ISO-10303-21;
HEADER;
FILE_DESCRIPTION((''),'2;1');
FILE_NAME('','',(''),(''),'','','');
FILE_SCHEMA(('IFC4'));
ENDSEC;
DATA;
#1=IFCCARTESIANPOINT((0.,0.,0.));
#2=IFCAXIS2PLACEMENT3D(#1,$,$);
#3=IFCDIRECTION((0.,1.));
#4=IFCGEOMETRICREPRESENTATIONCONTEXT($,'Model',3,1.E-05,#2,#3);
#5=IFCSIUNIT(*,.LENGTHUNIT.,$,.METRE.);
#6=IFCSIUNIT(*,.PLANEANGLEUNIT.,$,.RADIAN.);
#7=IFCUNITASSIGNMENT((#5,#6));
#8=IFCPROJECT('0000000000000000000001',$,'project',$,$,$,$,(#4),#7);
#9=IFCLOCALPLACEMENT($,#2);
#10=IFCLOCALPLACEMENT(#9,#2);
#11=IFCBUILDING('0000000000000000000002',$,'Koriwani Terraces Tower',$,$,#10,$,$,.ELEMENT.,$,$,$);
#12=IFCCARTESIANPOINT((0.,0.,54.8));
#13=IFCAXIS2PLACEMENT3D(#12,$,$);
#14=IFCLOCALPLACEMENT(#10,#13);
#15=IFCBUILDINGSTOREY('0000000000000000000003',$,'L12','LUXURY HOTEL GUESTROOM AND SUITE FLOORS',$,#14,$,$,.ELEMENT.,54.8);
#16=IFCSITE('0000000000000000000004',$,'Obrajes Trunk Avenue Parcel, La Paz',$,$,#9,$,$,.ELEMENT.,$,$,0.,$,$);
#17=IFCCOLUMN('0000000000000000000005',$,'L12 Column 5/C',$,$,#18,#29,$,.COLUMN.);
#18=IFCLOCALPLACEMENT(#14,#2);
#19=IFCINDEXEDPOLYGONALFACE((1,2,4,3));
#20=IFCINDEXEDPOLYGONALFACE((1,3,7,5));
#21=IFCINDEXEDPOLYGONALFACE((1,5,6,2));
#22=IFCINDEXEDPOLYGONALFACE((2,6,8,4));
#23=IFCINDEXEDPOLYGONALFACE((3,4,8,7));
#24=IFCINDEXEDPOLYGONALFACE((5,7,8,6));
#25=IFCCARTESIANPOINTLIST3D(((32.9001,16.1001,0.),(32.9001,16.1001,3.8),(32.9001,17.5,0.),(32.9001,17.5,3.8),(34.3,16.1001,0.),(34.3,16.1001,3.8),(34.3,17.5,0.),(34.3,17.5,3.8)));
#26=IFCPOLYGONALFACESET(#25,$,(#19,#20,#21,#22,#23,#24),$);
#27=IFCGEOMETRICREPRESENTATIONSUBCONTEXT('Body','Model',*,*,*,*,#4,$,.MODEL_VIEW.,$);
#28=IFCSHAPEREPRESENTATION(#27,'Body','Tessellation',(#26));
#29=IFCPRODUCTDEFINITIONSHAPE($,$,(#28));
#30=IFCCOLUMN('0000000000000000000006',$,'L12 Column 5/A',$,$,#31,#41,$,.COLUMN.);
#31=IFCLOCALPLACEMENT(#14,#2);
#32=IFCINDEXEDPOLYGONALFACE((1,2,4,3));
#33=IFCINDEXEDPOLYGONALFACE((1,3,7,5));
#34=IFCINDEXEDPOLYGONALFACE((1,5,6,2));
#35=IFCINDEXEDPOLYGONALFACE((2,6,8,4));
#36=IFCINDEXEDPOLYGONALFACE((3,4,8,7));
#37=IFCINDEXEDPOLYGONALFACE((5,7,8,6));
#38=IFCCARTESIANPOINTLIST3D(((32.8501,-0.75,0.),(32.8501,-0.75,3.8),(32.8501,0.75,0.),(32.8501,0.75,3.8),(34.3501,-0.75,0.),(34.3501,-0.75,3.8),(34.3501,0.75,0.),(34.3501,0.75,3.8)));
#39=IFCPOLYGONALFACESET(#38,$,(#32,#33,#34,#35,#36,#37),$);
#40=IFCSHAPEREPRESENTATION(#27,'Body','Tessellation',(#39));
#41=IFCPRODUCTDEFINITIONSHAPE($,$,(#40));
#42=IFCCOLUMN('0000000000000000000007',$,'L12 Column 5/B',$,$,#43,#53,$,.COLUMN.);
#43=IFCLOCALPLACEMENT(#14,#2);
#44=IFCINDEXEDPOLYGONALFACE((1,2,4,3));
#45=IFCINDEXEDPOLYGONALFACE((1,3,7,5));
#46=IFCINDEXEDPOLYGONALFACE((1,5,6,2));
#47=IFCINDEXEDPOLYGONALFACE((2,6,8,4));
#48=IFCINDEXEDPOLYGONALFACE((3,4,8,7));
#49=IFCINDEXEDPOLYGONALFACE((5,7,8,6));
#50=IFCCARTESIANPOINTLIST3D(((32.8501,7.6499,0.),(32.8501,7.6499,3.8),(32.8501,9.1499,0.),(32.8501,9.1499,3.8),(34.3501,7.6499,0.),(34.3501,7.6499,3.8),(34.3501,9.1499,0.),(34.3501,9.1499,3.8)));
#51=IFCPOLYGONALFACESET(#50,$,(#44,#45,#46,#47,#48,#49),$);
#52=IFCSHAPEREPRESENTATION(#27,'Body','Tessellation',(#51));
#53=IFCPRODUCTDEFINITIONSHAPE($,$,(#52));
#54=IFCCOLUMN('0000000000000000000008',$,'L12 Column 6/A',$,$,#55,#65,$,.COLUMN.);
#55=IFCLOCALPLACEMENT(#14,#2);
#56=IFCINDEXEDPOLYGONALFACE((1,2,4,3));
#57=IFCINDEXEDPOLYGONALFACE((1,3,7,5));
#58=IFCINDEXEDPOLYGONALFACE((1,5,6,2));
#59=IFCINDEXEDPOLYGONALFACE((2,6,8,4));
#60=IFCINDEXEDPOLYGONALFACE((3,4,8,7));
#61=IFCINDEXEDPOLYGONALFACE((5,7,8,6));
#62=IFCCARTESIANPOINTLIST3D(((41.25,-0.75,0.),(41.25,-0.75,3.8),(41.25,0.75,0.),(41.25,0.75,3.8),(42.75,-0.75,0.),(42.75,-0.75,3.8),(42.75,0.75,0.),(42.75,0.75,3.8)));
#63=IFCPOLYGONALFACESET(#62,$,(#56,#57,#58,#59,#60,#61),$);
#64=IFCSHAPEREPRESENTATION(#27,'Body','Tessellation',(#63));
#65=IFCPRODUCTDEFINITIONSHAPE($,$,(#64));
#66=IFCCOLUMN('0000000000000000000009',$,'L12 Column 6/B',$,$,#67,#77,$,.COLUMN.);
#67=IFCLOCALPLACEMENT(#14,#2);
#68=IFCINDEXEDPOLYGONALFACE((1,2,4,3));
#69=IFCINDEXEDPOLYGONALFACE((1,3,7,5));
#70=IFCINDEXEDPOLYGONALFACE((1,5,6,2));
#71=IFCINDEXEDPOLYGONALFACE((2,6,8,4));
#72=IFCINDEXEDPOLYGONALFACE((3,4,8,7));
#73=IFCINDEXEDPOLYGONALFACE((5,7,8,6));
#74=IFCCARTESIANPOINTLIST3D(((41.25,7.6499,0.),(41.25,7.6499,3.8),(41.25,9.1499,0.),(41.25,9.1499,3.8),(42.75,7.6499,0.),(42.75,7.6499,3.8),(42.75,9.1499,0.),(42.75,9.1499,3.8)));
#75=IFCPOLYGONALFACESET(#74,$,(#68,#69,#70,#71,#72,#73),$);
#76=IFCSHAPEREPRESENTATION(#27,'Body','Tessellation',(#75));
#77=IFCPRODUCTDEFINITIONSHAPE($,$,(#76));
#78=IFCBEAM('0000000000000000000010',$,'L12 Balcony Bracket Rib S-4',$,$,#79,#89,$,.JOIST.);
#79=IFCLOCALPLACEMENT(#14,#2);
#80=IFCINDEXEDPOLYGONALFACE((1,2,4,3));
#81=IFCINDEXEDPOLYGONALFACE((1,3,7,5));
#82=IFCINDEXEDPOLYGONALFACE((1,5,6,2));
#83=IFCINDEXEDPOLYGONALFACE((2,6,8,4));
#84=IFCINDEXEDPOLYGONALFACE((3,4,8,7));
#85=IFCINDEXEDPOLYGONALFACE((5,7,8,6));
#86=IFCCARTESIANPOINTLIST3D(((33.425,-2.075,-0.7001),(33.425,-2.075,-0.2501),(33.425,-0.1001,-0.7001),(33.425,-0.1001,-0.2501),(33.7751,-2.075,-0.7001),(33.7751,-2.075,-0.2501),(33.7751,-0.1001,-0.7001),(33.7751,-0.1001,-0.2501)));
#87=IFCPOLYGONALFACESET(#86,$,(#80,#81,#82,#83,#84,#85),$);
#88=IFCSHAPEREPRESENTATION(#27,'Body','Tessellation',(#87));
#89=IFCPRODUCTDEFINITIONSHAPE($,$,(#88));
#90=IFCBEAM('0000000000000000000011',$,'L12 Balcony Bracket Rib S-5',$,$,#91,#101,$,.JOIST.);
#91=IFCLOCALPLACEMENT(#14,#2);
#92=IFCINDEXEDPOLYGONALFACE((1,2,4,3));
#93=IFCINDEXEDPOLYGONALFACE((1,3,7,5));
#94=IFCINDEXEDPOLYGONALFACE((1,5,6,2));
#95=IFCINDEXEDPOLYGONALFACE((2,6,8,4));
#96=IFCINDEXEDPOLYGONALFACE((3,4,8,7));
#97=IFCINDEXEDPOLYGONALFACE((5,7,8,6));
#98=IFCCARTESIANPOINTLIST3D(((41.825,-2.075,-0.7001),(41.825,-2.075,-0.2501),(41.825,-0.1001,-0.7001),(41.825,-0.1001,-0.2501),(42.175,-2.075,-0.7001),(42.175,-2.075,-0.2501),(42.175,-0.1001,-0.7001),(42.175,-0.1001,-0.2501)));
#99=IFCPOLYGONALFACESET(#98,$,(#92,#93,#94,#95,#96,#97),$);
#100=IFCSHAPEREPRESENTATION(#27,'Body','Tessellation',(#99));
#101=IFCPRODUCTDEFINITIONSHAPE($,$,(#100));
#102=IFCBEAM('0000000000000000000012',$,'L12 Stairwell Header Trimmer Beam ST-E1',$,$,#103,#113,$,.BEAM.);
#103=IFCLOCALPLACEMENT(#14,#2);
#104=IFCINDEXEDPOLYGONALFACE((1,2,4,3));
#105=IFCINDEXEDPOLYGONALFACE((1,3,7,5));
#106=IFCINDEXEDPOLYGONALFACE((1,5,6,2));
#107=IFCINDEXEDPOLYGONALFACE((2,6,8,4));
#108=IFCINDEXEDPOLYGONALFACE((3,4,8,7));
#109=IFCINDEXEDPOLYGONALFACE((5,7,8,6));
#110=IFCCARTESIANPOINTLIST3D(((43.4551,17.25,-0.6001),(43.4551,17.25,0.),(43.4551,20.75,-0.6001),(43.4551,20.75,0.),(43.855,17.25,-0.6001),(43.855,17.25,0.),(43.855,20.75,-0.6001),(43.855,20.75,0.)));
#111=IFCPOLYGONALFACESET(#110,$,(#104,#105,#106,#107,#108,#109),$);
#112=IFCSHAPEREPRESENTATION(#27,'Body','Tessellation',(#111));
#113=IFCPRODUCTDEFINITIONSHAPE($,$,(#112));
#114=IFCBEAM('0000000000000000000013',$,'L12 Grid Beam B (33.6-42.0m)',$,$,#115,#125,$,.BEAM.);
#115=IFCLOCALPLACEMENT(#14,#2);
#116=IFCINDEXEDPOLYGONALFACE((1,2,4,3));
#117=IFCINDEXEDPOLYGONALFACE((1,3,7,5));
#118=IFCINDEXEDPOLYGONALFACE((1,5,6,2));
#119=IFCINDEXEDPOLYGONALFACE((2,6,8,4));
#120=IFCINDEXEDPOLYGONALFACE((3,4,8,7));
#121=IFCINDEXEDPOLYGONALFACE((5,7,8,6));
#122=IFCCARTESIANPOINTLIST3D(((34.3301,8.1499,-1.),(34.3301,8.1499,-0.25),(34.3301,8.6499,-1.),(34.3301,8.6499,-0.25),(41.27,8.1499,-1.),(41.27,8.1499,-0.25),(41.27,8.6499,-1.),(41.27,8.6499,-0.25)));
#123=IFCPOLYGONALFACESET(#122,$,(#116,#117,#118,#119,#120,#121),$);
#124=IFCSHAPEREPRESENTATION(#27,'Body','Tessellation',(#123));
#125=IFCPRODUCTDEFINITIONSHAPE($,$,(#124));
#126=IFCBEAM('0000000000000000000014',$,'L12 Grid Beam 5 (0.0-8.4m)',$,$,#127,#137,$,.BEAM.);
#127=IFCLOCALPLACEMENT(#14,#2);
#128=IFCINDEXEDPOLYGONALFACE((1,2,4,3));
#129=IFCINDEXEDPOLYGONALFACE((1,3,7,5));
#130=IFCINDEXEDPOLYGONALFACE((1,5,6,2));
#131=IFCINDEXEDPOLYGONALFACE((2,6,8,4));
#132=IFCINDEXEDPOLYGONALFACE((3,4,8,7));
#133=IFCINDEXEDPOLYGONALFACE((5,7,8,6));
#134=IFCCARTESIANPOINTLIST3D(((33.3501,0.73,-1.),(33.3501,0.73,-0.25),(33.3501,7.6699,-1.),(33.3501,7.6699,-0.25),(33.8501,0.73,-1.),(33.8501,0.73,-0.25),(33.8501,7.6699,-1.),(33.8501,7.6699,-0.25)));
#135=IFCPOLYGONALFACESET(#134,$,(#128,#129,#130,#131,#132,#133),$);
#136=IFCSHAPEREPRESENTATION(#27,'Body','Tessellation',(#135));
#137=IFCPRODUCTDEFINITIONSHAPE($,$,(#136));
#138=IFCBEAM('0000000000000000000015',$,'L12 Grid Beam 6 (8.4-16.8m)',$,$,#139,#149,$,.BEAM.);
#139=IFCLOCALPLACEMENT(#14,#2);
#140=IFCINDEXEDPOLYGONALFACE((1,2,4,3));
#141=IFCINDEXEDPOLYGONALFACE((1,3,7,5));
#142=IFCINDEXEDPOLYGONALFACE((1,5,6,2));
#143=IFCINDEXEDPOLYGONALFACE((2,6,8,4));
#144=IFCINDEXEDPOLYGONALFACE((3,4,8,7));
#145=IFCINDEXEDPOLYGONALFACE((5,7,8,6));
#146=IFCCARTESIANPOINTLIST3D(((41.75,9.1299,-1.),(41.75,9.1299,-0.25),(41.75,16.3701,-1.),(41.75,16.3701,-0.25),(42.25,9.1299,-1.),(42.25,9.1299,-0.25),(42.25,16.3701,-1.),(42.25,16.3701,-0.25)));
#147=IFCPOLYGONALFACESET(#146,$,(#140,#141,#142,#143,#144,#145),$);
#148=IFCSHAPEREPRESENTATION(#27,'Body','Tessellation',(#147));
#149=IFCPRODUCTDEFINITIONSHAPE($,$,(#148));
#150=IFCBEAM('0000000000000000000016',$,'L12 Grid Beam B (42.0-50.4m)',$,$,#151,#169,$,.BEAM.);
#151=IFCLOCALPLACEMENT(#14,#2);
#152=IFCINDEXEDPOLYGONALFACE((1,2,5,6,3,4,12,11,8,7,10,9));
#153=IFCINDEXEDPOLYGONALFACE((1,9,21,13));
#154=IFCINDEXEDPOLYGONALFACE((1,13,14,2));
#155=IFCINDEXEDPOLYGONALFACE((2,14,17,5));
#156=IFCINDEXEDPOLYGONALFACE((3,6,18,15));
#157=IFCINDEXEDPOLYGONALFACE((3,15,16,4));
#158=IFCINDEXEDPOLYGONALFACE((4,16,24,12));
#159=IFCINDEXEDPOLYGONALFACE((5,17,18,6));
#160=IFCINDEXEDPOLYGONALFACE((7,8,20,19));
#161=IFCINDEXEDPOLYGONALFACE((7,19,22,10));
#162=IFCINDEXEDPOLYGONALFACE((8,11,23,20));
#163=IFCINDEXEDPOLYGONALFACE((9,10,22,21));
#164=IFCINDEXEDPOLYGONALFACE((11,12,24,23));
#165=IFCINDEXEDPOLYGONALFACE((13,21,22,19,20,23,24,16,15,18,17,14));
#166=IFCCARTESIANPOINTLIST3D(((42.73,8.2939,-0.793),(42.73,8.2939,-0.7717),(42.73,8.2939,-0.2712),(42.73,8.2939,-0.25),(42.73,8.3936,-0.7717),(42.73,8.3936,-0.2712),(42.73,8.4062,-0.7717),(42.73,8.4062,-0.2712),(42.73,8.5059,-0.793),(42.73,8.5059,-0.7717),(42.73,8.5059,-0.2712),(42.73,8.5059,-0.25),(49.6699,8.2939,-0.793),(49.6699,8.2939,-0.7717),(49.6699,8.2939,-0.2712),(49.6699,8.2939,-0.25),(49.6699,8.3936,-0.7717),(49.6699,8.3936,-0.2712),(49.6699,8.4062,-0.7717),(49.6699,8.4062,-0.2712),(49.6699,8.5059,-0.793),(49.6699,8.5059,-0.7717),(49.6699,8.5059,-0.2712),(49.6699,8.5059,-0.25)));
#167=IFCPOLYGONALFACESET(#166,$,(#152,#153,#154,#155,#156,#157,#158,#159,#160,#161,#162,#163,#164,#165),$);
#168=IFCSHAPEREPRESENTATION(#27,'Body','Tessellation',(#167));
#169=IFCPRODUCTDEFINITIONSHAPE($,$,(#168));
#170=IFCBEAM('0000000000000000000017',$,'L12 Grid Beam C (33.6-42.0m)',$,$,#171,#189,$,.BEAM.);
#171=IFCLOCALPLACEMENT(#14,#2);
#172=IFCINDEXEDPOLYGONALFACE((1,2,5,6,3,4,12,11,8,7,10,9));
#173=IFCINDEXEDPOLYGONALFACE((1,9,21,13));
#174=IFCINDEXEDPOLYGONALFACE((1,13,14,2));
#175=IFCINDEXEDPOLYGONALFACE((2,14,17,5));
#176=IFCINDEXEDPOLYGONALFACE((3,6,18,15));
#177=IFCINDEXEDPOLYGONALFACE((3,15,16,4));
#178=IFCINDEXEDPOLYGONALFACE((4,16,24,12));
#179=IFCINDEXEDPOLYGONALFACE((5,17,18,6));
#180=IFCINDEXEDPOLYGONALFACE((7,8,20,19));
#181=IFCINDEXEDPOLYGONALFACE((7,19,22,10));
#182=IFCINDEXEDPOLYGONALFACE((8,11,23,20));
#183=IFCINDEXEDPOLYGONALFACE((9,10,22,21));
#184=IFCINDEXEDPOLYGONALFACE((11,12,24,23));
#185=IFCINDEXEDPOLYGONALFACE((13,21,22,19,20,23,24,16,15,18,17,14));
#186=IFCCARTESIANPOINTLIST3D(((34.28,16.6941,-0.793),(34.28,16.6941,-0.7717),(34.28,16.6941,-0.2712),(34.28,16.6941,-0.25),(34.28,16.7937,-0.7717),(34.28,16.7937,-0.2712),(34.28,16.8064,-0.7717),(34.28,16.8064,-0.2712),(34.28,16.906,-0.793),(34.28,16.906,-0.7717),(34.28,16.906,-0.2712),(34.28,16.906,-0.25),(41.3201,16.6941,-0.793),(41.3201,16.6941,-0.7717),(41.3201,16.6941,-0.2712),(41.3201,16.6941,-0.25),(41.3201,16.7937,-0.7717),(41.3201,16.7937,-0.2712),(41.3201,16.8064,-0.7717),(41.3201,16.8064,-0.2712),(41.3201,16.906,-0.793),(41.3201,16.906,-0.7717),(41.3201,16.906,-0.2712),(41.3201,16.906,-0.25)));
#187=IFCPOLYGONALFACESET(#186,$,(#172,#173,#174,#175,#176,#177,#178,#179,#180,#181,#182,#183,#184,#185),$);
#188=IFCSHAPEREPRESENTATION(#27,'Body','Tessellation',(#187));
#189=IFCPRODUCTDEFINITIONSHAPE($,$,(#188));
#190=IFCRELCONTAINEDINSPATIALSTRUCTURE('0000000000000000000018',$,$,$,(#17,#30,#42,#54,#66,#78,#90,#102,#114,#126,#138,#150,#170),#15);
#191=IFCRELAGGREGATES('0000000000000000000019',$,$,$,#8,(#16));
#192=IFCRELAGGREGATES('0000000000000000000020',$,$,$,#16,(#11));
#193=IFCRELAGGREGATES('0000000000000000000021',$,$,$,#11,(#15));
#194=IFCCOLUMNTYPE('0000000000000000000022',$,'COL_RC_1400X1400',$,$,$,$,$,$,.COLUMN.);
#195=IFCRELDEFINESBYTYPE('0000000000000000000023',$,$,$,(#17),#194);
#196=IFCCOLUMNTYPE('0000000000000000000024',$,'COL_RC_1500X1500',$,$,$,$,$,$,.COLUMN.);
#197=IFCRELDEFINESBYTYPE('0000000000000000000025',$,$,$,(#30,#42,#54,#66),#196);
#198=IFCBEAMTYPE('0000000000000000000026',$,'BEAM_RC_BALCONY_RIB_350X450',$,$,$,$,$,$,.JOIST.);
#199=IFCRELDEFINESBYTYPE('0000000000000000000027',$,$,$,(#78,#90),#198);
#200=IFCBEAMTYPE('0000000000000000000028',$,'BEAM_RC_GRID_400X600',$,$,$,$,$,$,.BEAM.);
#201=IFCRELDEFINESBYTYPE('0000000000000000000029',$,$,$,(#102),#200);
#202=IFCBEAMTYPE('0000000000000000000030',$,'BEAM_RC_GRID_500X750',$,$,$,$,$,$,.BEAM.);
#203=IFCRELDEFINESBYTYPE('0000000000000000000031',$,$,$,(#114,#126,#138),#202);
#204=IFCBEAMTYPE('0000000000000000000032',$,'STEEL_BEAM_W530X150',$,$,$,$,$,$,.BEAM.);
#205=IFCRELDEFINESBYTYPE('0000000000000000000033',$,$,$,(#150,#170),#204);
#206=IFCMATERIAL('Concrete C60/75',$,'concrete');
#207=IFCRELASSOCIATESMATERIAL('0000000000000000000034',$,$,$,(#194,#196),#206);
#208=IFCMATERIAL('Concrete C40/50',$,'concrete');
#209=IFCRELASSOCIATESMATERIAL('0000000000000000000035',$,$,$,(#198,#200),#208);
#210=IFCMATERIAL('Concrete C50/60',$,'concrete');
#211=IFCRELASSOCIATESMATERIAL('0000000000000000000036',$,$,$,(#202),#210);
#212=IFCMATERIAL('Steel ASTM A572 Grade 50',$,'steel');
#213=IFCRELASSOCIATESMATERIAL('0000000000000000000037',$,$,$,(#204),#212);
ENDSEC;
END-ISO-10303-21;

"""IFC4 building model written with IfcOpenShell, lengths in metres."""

from ifc_helpers import new_model, si_unit, direction, frame, origin, origin_2d, place, context, subcontext, project, spatial, rectangle, i_section, extrude, material, material_profile, profile_set, type_object, element, save


model = new_model("IFC4")

# Units and contexts
model_context = context("Model", 3, precision=1e-05, world=origin(), true_north=direction((0.0, 1.0)))
body_context = subcontext(model_context, "Body", "Model", "MODEL_VIEW")
ifc_project = project(units=[si_unit("LENGTHUNIT", "METRE"), si_unit("PLANEANGLEUNIT", "RADIAN")], contexts=[model_context])

# Site, building, storey
site_placement = place(None, origin())
site = spatial("IfcSite", under=ifc_project, at=site_placement, Name="Obrajes Trunk Avenue Parcel, La Paz", CompositionType="ELEMENT", RefElevation=0.0)
building_placement = place(site_placement, origin())
building = spatial("IfcBuilding", under=site, at=building_placement, Name="Koriwani Terraces Tower", CompositionType="ELEMENT")
storey_placement = place(building_placement, frame((0.0, 0.0, 54.8)))
storey = spatial("IfcBuildingStorey", under=building, at=storey_placement, Name="L12", Description="LUXURY HOTEL GUESTROOM AND SUITE FLOORS", CompositionType="ELEMENT", Elevation=54.8)

# Columns
ifc_material_1 = material(Name="Concrete C60/75", Category="concrete")
ifc_material_profile_1 = material_profile(ifc_material_1, rectangle(XDim=1.3999, YDim=1.3999, at=origin_2d()), Name="Concrete C60/75", Category="LoadBearing")
ifc_profile_set_1 = profile_set([ifc_material_profile_1], Name="Concrete C60/75")
column_type_1 = type_object("IfcColumnType", Name="COL_RC_1400X1400", PredefinedType="COLUMN", material=ifc_profile_set_1)
column_placement = place(storey_placement, frame((33.6001, 16.8, 0.0), z_axis=(0.0, 0.0, 1.0), x_axis=(1.0, 0.0, 0.0)))
element("IfcColumn", 1, at=column_placement, inside=storey, type_object=column_type_1, Name="L12 Column 5/C", PredefinedType="COLUMN", context=body_context, shape_type="SweptSolid", body=[
    extrude(rectangle(XDim=1.3999, YDim=1.3999, at=origin_2d()), origin(), (0.0, 0.0, 1.0), 3.8),
])
ifc_material_profile_2 = material_profile(ifc_material_1, rectangle(XDim=1.5, YDim=1.5, at=origin_2d()), Name="Concrete C60/75", Category="LoadBearing")
ifc_profile_set_2 = profile_set([ifc_material_profile_2], Name="Concrete C60/75")
column_type_2 = type_object("IfcColumnType", Name="COL_RC_1500X1500", PredefinedType="COLUMN", material=ifc_profile_set_2)
for number, where, z_axis, x_axis, name in (
    (2, (33.6001, 0.0, 0.0), (0.0, 0.0, 1.0), (1.0, 0.0, 0.0), "L12 Column 5/A"),
    (3, (33.6001, 8.3999, 0.0), (0.0, 0.0, 1.0), (1.0, 0.0, 0.0), "L12 Column 5/B"),
    (4, (42.0, 0.0, 0.0), (0.0, 0.0, 1.0), (1.0, 0.0, 0.0), "L12 Column 6/A"),
    (5, (42.0, 8.3999, 0.0), (0.0, 0.0, 1.0), (1.0, 0.0, 0.0), "L12 Column 6/B"),
):
    element("IfcColumn", number, at=place(storey_placement, frame(where, z_axis=z_axis, x_axis=x_axis)), inside=storey, type_object=column_type_2, Name=name, PredefinedType="COLUMN", context=body_context, shape_type="SweptSolid", body=[
        extrude(rectangle(XDim=1.5, YDim=1.5, at=origin_2d()), origin(), (0.0, 0.0, 1.0), 3.8),
    ])

# Beams
ifc_material_2 = material(Name="Concrete C40/50", Category="concrete")
ifc_material_profile_3 = material_profile(ifc_material_2, rectangle(XDim=0.3501, YDim=0.45, at=origin_2d()), Name="Concrete C40/50", Category="LoadBearing")
ifc_profile_set_3 = profile_set([ifc_material_profile_3], Name="Concrete C40/50")
beam_type_1 = type_object("IfcBeamType", Name="BEAM_RC_BALCONY_RIB_350X450", PredefinedType="JOIST", material=ifc_profile_set_3)
for number, where, z_axis, x_axis, name in (
    (6, (33.6001, -2.075, -0.4751), (0.0, 1.0, 0.0), (-1.0, 0.0, 0.0), "L12 Balcony Bracket Rib S-4"),
    (7, (42.0, -2.075, -0.4751), (0.0, 1.0, 0.0), (-1.0, 0.0, 0.0), "L12 Balcony Bracket Rib S-5"),
):
    element("IfcBeam", number, at=place(storey_placement, frame(where, z_axis=z_axis, x_axis=x_axis)), inside=storey, type_object=beam_type_1, Name=name, PredefinedType="JOIST", context=body_context, shape_type="SweptSolid", body=[
        extrude(rectangle(XDim=0.3501, YDim=0.45, at=origin_2d()), origin(), (0.0, 0.0, 1.0), 1.9749),
    ])
ifc_material_profile_4 = material_profile(ifc_material_2, rectangle(XDim=0.3999, YDim=0.6001, at=origin_2d()), Name="Concrete C40/50", Category="LoadBearing")
ifc_profile_set_4 = profile_set([ifc_material_profile_4], Name="Concrete C40/50")
beam_type_2 = type_object("IfcBeamType", Name="BEAM_RC_GRID_400X600", PredefinedType="BEAM", material=ifc_profile_set_4)
beam_1_placement = place(storey_placement, frame((43.655, 17.25, -0.3), z_axis=(0.0, 1.0, 0.0), x_axis=(-1.0, 0.0, 0.0)))
element("IfcBeam", 8, at=beam_1_placement, inside=storey, type_object=beam_type_2, Name="L12 Stairwell Header Trimmer Beam ST-E1", PredefinedType="BEAM", context=body_context, shape_type="SweptSolid", body=[
    extrude(rectangle(XDim=0.3999, YDim=0.6001, at=origin_2d()), origin(), (0.0, 0.0, 1.0), 3.5),
])
ifc_material_3 = material(Name="Concrete C50/60", Category="concrete")
ifc_material_profile_5 = material_profile(ifc_material_3, rectangle(XDim=0.5, YDim=0.75, at=origin_2d()), Name="Concrete C50/60", Category="LoadBearing")
ifc_profile_set_5 = profile_set([ifc_material_profile_5], Name="Concrete C50/60")
beam_type_3 = type_object("IfcBeamType", Name="BEAM_RC_GRID_500X750", PredefinedType="BEAM", material=ifc_profile_set_5)
for number, where, z_axis, x_axis, name in (
    (9, (34.3301, 8.3999, -0.625), (1.0, 0.0, 0.0), (0.0, 1.0, 0.0), "L12 Grid Beam B (33.6-42.0m)"),
    (10, (33.6001, 0.73, -0.625), (0.0, 1.0, 0.0), (-1.0, 0.0, 0.0), "L12 Grid Beam 5 (0.0-8.4m)"),
):
    element("IfcBeam", number, at=place(storey_placement, frame(where, z_axis=z_axis, x_axis=x_axis)), inside=storey, type_object=beam_type_3, Name=name, PredefinedType="BEAM", context=body_context, shape_type="SweptSolid", body=[
        extrude(rectangle(XDim=0.5, YDim=0.75, at=origin_2d()), origin(), (0.0, 0.0, 1.0), 6.9399),
    ])
beam_2_placement = place(storey_placement, frame((42.0, 9.1299, -0.625), z_axis=(0.0, 1.0, 0.0), x_axis=(-1.0, 0.0, 0.0)))
element("IfcBeam", 11, at=beam_2_placement, inside=storey, type_object=beam_type_3, Name="L12 Grid Beam 6 (8.4-16.8m)", PredefinedType="BEAM", context=body_context, shape_type="SweptSolid", body=[
    extrude(rectangle(XDim=0.5, YDim=0.75, at=origin_2d()), origin(), (0.0, 0.0, 1.0), 7.2402),
])
ifc_material_4 = material(Name="Steel ASTM A572 Grade 50", Category="steel")
ifc_material_profile_6 = material_profile(ifc_material_4, i_section(OverallWidth=0.2119, OverallDepth=0.543, WebThickness=0.0127, FlangeThickness=0.0212, at=origin_2d()), Name="Steel ASTM A572 Grade 50", Category="LoadBearing")
ifc_profile_set_6 = profile_set([ifc_material_profile_6], Name="Steel ASTM A572 Grade 50")
beam_type_4 = type_object("IfcBeamType", Name="STEEL_BEAM_W530X150", PredefinedType="BEAM", material=ifc_profile_set_6)
beam_3_placement = place(storey_placement, frame((42.73, 8.3999, -0.5215), z_axis=(1.0, 0.0, 0.0), x_axis=(0.0, 1.0, 0.0)))
element("IfcBeam", 12, at=beam_3_placement, inside=storey, type_object=beam_type_4, Name="L12 Grid Beam B (42.0-50.4m)", PredefinedType="BEAM", context=body_context, shape_type="SweptSolid", body=[
    extrude(i_section(OverallWidth=0.2119, OverallDepth=0.543, WebThickness=0.0127, FlangeThickness=0.0212, at=origin_2d()), origin(), (0.0, 0.0, 1.0), 6.9399),
])
beam_4_placement = place(storey_placement, frame((34.28, 16.8, -0.5215), z_axis=(1.0, 0.0, 0.0), x_axis=(0.0, 1.0, 0.0)))
element("IfcBeam", 13, at=beam_4_placement, inside=storey, type_object=beam_type_4, Name="L12 Grid Beam C (33.6-42.0m)", PredefinedType="BEAM", context=body_context, shape_type="SweptSolid", body=[
    extrude(i_section(OverallWidth=0.2119, OverallDepth=0.543, WebThickness=0.0127, FlangeThickness=0.0212, at=origin_2d()), origin(), (0.0, 0.0, 1.0), 7.04),
])

save(model, "model.ifc")
